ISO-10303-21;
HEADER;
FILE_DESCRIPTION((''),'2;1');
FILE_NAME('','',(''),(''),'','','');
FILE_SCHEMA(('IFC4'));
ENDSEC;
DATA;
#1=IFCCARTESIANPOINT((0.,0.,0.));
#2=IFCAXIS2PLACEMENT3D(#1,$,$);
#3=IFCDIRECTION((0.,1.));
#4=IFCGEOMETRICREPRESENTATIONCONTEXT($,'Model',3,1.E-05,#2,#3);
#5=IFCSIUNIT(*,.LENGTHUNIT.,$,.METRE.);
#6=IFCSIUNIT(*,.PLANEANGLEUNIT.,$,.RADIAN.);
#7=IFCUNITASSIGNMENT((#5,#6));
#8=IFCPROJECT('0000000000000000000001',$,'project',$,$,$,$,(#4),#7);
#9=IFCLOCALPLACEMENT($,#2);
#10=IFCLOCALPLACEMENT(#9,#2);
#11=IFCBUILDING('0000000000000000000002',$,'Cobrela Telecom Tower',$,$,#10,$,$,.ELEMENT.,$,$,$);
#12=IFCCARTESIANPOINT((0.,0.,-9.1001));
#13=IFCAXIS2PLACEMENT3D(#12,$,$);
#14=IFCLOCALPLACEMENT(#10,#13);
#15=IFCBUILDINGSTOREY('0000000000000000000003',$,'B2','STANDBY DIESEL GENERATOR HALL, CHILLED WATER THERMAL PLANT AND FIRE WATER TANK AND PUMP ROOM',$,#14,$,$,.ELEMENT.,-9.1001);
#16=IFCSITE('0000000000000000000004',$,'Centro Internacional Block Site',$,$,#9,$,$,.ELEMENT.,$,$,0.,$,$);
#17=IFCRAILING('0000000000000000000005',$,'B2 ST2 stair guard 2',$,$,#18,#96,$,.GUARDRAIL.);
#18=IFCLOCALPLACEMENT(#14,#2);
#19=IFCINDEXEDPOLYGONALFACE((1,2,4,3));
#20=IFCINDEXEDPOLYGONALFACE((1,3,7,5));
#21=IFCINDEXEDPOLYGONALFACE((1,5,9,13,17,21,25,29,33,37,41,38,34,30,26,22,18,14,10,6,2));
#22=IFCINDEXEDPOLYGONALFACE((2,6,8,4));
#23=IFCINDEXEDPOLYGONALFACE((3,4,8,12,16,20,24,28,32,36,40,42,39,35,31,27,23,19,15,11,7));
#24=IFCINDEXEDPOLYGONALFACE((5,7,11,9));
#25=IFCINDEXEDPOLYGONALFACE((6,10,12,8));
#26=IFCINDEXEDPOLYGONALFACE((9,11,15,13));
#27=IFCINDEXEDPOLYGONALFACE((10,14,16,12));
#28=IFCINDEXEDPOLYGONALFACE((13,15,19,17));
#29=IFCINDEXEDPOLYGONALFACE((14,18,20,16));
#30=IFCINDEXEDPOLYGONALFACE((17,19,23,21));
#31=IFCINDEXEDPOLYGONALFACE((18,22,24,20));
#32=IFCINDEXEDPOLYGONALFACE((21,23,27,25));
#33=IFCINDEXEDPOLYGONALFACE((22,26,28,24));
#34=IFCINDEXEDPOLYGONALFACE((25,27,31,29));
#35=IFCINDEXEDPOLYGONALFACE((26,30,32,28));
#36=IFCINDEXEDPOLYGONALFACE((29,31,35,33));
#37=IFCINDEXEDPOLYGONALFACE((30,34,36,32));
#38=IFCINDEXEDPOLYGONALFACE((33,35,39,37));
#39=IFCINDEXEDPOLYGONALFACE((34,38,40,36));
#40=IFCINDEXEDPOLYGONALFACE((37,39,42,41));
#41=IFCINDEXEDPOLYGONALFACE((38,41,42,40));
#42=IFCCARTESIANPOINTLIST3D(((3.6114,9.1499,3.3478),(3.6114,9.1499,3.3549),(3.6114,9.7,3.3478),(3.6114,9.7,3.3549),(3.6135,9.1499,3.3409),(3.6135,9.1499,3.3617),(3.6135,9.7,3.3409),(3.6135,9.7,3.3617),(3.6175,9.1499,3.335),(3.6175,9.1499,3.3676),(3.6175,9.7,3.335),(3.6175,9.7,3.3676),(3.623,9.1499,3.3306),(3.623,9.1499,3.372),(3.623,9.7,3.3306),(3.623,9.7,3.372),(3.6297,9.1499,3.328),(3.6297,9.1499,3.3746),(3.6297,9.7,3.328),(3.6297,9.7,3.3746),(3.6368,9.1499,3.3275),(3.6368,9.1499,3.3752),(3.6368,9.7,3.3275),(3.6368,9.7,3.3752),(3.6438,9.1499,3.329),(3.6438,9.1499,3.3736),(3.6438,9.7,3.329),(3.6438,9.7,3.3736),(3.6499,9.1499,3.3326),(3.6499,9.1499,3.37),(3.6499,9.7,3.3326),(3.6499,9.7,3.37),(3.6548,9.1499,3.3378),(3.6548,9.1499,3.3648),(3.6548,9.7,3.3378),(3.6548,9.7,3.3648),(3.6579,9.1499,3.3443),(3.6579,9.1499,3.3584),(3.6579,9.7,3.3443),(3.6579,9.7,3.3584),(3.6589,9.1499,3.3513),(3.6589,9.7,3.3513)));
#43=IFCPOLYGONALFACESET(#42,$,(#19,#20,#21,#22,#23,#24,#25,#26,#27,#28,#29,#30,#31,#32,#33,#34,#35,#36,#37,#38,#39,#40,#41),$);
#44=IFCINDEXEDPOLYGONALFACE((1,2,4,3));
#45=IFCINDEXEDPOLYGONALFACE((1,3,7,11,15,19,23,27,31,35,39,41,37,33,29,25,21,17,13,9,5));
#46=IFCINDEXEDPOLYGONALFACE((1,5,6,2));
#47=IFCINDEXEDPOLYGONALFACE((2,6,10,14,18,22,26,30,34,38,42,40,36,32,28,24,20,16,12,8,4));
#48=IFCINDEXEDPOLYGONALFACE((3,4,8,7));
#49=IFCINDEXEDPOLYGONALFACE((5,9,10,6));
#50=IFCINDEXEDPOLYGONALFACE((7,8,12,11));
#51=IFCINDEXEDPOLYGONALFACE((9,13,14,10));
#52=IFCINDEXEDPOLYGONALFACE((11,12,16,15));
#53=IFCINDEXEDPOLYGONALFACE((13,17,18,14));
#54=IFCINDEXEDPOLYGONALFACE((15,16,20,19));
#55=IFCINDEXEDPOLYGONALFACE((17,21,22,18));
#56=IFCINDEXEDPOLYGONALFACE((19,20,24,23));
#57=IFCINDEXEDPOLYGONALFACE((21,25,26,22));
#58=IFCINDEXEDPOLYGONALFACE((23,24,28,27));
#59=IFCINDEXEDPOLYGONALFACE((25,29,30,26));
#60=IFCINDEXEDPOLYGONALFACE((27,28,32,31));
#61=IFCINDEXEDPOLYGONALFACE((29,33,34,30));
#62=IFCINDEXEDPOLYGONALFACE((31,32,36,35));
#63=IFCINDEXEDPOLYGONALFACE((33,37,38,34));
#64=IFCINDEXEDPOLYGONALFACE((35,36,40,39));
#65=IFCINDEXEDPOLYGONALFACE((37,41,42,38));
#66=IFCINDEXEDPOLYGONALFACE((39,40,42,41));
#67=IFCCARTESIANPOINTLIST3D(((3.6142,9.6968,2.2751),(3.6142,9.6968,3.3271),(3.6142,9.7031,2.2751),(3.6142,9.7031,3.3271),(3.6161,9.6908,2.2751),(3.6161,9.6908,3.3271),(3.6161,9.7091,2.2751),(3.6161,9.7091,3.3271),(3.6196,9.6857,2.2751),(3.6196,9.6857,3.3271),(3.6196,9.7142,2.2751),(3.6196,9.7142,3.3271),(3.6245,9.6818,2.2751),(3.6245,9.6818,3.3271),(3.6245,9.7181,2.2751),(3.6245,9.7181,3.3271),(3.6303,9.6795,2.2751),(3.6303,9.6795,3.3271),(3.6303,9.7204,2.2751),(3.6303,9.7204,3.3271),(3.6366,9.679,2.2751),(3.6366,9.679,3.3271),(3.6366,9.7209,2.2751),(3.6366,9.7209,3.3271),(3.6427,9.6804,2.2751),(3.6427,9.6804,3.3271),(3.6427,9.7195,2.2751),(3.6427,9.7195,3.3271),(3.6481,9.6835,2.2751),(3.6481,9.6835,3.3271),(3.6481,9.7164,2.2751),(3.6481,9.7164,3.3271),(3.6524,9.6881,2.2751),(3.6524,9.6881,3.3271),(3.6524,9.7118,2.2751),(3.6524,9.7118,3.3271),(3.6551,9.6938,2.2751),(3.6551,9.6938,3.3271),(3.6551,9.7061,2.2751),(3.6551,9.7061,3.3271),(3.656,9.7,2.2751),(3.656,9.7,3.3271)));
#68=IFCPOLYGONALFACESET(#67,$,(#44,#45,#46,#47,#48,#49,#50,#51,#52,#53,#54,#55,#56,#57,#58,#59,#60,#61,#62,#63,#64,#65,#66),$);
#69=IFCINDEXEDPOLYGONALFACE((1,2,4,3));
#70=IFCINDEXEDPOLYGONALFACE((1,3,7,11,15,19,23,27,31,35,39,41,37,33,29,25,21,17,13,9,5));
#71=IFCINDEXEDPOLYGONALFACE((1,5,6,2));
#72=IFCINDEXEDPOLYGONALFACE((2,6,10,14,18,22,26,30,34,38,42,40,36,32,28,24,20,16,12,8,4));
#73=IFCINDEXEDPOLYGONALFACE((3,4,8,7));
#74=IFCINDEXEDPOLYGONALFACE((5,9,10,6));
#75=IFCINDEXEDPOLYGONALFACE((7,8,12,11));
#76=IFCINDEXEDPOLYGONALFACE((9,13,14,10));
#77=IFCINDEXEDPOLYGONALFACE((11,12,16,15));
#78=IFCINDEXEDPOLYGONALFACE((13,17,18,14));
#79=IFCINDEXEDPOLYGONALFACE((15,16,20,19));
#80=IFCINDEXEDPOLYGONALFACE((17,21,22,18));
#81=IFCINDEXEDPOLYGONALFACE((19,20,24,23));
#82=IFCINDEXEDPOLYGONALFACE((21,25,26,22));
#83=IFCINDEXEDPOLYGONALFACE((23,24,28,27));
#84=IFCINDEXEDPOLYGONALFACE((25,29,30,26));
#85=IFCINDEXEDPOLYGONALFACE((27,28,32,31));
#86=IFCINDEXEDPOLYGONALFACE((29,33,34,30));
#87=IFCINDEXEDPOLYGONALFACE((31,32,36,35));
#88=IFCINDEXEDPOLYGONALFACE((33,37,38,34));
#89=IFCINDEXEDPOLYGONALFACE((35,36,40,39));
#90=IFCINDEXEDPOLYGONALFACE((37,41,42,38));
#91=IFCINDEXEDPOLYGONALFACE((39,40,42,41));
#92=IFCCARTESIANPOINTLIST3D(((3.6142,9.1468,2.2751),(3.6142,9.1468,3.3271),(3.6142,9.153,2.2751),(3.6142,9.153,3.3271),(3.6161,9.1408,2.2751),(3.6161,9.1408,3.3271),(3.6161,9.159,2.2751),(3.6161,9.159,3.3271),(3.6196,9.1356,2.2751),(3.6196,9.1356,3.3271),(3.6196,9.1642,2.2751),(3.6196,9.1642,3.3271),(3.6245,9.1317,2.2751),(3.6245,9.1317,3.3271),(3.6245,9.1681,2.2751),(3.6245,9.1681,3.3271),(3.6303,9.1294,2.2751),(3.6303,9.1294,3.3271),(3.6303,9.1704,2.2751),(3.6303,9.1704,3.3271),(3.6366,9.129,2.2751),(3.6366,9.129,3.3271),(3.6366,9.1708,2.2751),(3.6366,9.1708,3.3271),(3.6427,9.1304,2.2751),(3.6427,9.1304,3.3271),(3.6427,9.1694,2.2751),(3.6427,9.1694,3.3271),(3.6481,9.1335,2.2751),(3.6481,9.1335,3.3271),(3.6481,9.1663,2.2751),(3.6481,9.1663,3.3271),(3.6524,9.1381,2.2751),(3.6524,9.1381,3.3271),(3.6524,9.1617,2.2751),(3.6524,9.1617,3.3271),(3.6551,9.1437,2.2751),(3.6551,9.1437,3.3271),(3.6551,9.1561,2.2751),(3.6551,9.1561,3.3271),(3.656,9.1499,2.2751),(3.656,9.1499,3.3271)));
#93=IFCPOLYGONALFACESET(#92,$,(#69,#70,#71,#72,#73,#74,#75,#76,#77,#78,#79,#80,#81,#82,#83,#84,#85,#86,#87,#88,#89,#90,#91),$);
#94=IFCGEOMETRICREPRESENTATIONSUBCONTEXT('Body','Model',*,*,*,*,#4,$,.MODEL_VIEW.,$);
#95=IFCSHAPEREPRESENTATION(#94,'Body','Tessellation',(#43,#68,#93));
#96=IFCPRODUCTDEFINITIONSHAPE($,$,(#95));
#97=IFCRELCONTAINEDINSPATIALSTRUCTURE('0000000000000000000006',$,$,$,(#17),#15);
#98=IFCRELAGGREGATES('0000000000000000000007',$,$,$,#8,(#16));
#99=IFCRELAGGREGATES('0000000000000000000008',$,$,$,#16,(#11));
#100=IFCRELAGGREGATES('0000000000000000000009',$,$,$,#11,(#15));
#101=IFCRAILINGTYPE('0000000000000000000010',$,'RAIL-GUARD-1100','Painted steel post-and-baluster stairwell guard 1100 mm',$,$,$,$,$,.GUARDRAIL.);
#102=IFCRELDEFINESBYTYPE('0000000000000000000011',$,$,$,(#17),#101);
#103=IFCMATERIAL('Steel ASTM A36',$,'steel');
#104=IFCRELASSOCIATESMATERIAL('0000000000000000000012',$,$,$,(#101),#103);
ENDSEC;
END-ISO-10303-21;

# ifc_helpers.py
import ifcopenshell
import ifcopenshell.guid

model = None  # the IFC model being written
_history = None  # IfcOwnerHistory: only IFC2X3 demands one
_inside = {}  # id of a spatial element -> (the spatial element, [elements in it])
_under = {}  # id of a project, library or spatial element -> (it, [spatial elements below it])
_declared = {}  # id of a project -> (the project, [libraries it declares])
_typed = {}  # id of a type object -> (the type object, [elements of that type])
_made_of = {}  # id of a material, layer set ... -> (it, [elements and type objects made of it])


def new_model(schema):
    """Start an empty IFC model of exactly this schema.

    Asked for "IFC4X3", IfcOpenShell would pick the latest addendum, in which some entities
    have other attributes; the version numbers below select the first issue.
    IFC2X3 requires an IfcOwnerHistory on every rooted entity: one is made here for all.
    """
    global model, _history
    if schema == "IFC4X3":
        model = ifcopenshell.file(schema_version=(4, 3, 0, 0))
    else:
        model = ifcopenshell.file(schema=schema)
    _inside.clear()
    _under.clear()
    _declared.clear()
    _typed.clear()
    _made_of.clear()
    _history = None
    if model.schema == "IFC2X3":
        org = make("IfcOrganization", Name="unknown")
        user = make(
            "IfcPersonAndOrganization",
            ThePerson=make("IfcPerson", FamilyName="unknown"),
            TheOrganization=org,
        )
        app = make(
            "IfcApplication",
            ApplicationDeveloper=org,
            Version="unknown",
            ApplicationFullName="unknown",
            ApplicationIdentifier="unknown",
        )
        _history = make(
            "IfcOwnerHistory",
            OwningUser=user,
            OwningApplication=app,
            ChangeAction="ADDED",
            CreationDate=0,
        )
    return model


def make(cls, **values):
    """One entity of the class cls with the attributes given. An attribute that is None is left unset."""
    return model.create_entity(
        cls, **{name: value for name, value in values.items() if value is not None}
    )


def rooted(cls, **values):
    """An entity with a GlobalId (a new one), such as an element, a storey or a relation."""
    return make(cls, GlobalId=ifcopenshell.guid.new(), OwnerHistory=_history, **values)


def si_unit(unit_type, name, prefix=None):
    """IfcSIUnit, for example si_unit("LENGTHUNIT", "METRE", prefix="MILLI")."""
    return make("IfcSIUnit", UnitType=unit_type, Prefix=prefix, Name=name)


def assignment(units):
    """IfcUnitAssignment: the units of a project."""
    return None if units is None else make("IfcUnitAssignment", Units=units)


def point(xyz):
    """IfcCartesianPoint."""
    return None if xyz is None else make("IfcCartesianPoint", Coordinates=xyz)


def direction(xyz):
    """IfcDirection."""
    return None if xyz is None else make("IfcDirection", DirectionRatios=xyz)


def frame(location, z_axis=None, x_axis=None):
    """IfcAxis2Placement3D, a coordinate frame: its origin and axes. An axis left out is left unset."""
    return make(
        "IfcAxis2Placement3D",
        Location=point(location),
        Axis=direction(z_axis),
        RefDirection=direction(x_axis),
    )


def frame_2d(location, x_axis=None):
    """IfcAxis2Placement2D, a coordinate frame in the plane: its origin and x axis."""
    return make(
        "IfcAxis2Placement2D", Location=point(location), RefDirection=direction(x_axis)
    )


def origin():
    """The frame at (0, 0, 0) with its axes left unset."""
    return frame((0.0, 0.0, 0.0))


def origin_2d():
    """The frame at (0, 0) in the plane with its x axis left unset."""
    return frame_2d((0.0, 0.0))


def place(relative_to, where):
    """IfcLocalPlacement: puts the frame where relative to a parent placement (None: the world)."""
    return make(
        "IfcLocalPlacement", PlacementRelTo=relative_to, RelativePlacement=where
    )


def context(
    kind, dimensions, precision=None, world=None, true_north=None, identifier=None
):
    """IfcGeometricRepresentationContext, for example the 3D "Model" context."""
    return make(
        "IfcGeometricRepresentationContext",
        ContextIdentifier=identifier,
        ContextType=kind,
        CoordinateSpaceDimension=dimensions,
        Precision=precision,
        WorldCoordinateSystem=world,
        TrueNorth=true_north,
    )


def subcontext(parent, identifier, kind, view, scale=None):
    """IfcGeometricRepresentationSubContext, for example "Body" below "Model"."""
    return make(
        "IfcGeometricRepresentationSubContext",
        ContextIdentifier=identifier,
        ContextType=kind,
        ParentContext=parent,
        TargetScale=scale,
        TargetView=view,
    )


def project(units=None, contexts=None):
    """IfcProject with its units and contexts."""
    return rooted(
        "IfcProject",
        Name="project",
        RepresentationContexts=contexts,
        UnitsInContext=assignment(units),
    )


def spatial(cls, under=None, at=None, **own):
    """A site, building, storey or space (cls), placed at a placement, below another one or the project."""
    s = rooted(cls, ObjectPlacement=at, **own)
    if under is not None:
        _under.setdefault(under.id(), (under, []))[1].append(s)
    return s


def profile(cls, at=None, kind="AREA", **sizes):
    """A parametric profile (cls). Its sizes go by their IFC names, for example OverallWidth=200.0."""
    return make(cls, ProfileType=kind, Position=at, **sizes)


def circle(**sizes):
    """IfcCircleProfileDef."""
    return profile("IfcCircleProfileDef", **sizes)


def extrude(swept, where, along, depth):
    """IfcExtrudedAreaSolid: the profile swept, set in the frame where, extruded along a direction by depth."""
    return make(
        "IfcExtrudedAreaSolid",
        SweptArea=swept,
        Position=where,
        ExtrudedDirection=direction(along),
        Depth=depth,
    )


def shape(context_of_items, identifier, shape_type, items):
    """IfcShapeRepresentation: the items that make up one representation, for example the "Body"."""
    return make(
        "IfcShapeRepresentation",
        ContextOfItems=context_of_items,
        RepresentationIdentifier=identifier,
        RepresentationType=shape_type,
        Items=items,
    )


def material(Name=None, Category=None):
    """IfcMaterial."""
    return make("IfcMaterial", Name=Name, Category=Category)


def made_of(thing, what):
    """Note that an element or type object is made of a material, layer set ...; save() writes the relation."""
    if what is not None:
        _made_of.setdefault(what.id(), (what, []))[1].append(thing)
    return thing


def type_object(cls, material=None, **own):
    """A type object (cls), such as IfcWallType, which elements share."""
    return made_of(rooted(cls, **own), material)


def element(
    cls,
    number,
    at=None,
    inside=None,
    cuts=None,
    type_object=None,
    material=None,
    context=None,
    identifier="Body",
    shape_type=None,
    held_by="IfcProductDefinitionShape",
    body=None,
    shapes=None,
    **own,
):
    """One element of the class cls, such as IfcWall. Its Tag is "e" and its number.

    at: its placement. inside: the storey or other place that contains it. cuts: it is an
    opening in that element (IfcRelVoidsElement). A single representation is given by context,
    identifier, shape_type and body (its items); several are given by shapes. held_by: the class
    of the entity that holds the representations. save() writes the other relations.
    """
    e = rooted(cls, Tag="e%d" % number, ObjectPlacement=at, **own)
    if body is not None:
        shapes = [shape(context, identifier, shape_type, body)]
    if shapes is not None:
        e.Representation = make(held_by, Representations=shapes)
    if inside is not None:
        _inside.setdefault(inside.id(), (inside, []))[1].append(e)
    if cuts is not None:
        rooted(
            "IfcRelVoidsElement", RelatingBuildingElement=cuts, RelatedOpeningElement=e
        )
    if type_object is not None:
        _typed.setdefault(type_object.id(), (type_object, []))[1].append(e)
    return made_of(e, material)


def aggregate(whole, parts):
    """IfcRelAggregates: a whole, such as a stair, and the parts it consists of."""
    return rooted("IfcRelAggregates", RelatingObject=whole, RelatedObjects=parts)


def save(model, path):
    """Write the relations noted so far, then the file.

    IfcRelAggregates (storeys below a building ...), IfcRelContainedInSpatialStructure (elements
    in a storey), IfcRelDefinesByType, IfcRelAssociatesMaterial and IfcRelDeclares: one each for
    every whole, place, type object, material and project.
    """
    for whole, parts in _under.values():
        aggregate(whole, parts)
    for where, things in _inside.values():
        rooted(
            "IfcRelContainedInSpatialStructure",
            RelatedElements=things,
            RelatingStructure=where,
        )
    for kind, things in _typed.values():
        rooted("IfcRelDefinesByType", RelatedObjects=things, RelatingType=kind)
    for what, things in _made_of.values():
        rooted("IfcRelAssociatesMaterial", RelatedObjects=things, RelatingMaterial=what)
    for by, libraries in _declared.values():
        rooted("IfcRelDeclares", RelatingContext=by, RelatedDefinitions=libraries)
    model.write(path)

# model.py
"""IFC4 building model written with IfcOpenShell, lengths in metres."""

from ifc_helpers import new_model, si_unit, direction, frame, origin, origin_2d, place, context, subcontext, project, spatial, circle, extrude, material, type_object, element, save


model = new_model("IFC4")

# Units and contexts
model_context = context("Model", 3, precision=1e-05, world=origin(), true_north=direction((0.0, 1.0)))
body_context = subcontext(model_context, "Body", "Model", "MODEL_VIEW")
ifc_project = project(units=[si_unit("LENGTHUNIT", "METRE"), si_unit("PLANEANGLEUNIT", "RADIAN")], contexts=[model_context])

# Site, building, storey
site_placement = place(None, origin())
site = spatial("IfcSite", under=ifc_project, at=site_placement, Name="Centro Internacional Block Site", CompositionType="ELEMENT", RefElevation=0.0)
building_placement = place(site_placement, origin())
building = spatial("IfcBuilding", under=site, at=building_placement, Name="Cobrela Telecom Tower", CompositionType="ELEMENT")
storey_placement = place(building_placement, frame((0.0, 0.0, -9.1001)))
storey = spatial("IfcBuildingStorey", under=building, at=storey_placement, Name="B2", Description="STANDBY DIESEL GENERATOR HALL, CHILLED WATER THERMAL PLANT AND FIRE WATER TANK AND PUMP ROOM", CompositionType="ELEMENT", Elevation=-9.1001)

# Shared definitions
ifc_material_1 = material(Name="Steel ASTM A36", Category="steel")

# Railing
railing_type_1 = type_object("IfcRailingType", Name="RAIL-GUARD-1100", Description="Painted steel post-and-baluster stairwell guard 1100 mm", PredefinedType="GUARDRAIL", material=ifc_material_1)
railing_1_placement = place(storey_placement, frame((3.635, 9.7, 2.2751)))
element("IfcRailing", 1, at=railing_1_placement, inside=storey, type_object=railing_type_1, Name="B2 ST2 stair guard 2", PredefinedType="GUARDRAIL", context=body_context, shape_type="SweptSolid", body=[
    extrude(circle(Radius=0.0239, at=origin_2d()), frame((0.0, 0.0, 1.0762), z_axis=(0.0, -1.0, 0.0), x_axis=(1.0, 0.0, 0.0)), (0.0, 0.0, 1.0), 0.55),
    extrude(circle(Radius=0.021, at=origin_2d()), origin(), (0.0, 0.0, 1.0), 1.052),
    extrude(circle(Radius=0.021, at=origin_2d()), frame((0.0, -0.55, 0.0)), (0.0, 0.0, 1.0), 1.052),
])

save(model, "model.ifc")
